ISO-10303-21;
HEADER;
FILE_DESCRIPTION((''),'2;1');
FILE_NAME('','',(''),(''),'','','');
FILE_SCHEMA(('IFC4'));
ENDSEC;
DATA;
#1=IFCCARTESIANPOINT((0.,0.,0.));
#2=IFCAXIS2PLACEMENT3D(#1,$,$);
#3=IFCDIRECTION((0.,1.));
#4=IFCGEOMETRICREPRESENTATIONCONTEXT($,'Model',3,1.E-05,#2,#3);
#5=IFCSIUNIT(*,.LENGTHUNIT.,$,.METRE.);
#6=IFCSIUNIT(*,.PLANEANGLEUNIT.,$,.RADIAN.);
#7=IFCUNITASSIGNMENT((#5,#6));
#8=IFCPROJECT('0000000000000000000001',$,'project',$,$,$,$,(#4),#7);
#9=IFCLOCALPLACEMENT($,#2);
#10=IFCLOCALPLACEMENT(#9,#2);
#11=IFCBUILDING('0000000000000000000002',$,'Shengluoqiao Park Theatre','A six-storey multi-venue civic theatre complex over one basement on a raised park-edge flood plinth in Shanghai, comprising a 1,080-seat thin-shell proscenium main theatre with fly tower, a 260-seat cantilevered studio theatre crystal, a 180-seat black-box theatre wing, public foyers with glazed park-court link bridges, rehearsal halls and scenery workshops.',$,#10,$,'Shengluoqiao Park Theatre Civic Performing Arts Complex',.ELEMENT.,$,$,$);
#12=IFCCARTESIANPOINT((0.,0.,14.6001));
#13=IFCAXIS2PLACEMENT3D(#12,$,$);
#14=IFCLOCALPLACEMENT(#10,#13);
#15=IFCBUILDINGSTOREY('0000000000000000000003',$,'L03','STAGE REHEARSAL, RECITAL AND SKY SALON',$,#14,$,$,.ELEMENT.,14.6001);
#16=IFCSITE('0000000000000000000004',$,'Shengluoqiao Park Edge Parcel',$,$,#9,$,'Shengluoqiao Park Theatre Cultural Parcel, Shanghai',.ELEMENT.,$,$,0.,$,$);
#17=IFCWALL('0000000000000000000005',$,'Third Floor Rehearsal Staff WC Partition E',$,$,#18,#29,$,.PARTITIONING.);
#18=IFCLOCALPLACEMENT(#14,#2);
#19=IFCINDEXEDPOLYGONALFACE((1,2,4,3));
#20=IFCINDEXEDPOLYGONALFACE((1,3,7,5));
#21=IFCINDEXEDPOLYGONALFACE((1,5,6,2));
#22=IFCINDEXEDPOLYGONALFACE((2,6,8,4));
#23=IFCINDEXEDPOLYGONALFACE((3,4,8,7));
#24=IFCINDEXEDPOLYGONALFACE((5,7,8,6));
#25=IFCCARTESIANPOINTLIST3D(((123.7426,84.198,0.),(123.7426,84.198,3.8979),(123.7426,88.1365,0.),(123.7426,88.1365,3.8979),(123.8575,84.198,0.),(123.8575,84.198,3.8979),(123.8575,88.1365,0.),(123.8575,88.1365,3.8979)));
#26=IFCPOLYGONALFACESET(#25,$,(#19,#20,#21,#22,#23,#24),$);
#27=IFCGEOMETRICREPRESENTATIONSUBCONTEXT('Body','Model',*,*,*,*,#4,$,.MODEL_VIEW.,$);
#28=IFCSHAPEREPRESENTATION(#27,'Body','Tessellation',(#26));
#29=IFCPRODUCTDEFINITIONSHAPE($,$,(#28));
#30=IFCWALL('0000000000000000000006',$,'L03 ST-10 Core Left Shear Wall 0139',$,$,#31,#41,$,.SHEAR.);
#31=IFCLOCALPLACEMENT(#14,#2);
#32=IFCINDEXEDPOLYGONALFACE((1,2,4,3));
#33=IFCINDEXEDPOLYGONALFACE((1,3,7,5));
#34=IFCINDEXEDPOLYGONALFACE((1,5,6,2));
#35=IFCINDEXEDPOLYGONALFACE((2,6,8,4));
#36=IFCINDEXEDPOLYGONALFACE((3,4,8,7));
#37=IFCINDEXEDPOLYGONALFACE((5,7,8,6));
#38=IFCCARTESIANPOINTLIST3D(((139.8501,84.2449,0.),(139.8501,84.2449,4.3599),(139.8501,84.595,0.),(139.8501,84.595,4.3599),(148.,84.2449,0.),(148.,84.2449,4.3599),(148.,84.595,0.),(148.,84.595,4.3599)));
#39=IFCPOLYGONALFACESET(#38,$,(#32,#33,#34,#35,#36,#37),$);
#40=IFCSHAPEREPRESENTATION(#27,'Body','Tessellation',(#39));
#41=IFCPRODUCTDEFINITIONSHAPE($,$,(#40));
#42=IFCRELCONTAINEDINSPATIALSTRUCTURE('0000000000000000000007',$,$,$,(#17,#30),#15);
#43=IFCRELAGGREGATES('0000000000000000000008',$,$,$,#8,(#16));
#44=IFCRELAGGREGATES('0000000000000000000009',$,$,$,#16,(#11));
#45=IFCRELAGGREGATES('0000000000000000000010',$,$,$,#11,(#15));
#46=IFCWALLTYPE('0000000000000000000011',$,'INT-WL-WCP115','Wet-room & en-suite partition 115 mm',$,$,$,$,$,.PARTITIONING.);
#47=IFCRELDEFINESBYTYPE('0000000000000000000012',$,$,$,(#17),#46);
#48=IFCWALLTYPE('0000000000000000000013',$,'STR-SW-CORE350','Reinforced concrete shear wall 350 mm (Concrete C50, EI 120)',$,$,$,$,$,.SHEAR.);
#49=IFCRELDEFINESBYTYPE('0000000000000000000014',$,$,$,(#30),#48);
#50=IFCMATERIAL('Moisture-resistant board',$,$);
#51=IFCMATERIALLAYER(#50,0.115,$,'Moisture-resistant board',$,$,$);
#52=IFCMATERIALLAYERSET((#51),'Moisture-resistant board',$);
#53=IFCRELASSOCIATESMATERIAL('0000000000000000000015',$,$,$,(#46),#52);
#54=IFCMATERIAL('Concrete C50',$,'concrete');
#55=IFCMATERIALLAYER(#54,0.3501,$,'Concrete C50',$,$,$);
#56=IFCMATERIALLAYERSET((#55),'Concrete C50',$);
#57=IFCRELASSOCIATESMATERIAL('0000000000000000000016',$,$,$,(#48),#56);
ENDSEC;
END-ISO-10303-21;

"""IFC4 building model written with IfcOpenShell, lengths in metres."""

from ifc_helpers import new_model, si_unit, direction, frame, frame_2d, origin, place, context, subcontext, project, spatial, rectangle, extrude, material, layer, layer_set, type_object, element, save


model = new_model("IFC4")

# Units and contexts
model_context = context("Model", 3, precision=1e-05, world=origin(), true_north=direction((0.0, 1.0)))
body_context = subcontext(model_context, "Body", "Model", "MODEL_VIEW")
ifc_project = project(units=[si_unit("LENGTHUNIT", "METRE"), si_unit("PLANEANGLEUNIT", "RADIAN")], contexts=[model_context])

# Site, building, storey
site_placement = place(None, origin())
site = spatial("IfcSite", under=ifc_project, at=site_placement, Name="Shengluoqiao Park Edge Parcel", LongName="Shengluoqiao Park Theatre Cultural Parcel, Shanghai", CompositionType="ELEMENT", RefElevation=0.0)
building_placement = place(site_placement, origin())
building = spatial("IfcBuilding", under=site, at=building_placement, Name="Shengluoqiao Park Theatre", Description="A six-storey multi-venue civic theatre complex over one basement on a raised park-edge flood plinth in Shanghai, comprising a 1,080-seat thin-shell proscenium main theatre with fly tower, a 260-seat cantilevered studio theatre crystal, a 180-seat black-box theatre wing, public foyers with glazed park-court link bridges, rehearsal halls and scenery workshops.", LongName="Shengluoqiao Park Theatre Civic Performing Arts Complex", CompositionType="ELEMENT")
storey_placement = place(building_placement, frame((0.0, 0.0, 14.6001)))
storey = spatial("IfcBuildingStorey", under=building, at=storey_placement, Name="L03", Description="STAGE REHEARSAL, RECITAL AND SKY SALON", CompositionType="ELEMENT", Elevation=14.6001)

# Walls
ifc_material_1 = material(Name="Moisture-resistant board")
ifc_layer_1 = layer(ifc_material_1, 0.115, Name="Moisture-resistant board")
ifc_layer_set_1 = layer_set([ifc_layer_1], Name="Moisture-resistant board")
wall_type_1 = type_object("IfcWallType", Name="INT-WL-WCP115", Description="Wet-room & en-suite partition 115 mm", PredefinedType="PARTITIONING", material=ifc_layer_set_1)
wall_1_placement = place(storey_placement, frame((123.8, 84.198, 0.0), z_axis=(0.0, 0.0, 1.0), x_axis=(0.0, 1.0, 0.0)))
element("IfcWall", 1, at=wall_1_placement, inside=storey, type_object=wall_type_1, Name="Third Floor Rehearsal Staff WC Partition E", PredefinedType="PARTITIONING", context=body_context, shape_type="SweptSolid", body=[
    extrude(rectangle(XDim=3.9385, YDim=0.115, at=frame_2d((1.9692, 0.0))), origin(), (0.0, 0.0, 1.0), 3.8979),
])
ifc_material_2 = material(Name="Concrete C50", Category="concrete")
ifc_layer_2 = layer(ifc_material_2, 0.3501, Name="Concrete C50")
ifc_layer_set_2 = layer_set([ifc_layer_2], Name="Concrete C50")
wall_type_2 = type_object("IfcWallType", Name="STR-SW-CORE350", Description="Reinforced concrete shear wall 350 mm (Concrete C50, EI 120)", PredefinedType="SHEAR", material=ifc_layer_set_2)
wall_2_placement = place(storey_placement, frame((139.8501, 84.4199, 0.0), z_axis=(0.0, 0.0, 1.0), x_axis=(1.0, 0.0, 0.0)))
element("IfcWall", 2, at=wall_2_placement, inside=storey, type_object=wall_type_2, Name="L03 ST-10 Core Left Shear Wall 0139", PredefinedType="SHEAR", context=body_context, shape_type="SweptSolid", body=[
    extrude(rectangle(XDim=8.1499, YDim=0.3501, at=frame_2d((4.075, 0.0))), origin(), (0.0, 0.0, 1.0), 4.3599),
])

save(model, "model.ifc")
